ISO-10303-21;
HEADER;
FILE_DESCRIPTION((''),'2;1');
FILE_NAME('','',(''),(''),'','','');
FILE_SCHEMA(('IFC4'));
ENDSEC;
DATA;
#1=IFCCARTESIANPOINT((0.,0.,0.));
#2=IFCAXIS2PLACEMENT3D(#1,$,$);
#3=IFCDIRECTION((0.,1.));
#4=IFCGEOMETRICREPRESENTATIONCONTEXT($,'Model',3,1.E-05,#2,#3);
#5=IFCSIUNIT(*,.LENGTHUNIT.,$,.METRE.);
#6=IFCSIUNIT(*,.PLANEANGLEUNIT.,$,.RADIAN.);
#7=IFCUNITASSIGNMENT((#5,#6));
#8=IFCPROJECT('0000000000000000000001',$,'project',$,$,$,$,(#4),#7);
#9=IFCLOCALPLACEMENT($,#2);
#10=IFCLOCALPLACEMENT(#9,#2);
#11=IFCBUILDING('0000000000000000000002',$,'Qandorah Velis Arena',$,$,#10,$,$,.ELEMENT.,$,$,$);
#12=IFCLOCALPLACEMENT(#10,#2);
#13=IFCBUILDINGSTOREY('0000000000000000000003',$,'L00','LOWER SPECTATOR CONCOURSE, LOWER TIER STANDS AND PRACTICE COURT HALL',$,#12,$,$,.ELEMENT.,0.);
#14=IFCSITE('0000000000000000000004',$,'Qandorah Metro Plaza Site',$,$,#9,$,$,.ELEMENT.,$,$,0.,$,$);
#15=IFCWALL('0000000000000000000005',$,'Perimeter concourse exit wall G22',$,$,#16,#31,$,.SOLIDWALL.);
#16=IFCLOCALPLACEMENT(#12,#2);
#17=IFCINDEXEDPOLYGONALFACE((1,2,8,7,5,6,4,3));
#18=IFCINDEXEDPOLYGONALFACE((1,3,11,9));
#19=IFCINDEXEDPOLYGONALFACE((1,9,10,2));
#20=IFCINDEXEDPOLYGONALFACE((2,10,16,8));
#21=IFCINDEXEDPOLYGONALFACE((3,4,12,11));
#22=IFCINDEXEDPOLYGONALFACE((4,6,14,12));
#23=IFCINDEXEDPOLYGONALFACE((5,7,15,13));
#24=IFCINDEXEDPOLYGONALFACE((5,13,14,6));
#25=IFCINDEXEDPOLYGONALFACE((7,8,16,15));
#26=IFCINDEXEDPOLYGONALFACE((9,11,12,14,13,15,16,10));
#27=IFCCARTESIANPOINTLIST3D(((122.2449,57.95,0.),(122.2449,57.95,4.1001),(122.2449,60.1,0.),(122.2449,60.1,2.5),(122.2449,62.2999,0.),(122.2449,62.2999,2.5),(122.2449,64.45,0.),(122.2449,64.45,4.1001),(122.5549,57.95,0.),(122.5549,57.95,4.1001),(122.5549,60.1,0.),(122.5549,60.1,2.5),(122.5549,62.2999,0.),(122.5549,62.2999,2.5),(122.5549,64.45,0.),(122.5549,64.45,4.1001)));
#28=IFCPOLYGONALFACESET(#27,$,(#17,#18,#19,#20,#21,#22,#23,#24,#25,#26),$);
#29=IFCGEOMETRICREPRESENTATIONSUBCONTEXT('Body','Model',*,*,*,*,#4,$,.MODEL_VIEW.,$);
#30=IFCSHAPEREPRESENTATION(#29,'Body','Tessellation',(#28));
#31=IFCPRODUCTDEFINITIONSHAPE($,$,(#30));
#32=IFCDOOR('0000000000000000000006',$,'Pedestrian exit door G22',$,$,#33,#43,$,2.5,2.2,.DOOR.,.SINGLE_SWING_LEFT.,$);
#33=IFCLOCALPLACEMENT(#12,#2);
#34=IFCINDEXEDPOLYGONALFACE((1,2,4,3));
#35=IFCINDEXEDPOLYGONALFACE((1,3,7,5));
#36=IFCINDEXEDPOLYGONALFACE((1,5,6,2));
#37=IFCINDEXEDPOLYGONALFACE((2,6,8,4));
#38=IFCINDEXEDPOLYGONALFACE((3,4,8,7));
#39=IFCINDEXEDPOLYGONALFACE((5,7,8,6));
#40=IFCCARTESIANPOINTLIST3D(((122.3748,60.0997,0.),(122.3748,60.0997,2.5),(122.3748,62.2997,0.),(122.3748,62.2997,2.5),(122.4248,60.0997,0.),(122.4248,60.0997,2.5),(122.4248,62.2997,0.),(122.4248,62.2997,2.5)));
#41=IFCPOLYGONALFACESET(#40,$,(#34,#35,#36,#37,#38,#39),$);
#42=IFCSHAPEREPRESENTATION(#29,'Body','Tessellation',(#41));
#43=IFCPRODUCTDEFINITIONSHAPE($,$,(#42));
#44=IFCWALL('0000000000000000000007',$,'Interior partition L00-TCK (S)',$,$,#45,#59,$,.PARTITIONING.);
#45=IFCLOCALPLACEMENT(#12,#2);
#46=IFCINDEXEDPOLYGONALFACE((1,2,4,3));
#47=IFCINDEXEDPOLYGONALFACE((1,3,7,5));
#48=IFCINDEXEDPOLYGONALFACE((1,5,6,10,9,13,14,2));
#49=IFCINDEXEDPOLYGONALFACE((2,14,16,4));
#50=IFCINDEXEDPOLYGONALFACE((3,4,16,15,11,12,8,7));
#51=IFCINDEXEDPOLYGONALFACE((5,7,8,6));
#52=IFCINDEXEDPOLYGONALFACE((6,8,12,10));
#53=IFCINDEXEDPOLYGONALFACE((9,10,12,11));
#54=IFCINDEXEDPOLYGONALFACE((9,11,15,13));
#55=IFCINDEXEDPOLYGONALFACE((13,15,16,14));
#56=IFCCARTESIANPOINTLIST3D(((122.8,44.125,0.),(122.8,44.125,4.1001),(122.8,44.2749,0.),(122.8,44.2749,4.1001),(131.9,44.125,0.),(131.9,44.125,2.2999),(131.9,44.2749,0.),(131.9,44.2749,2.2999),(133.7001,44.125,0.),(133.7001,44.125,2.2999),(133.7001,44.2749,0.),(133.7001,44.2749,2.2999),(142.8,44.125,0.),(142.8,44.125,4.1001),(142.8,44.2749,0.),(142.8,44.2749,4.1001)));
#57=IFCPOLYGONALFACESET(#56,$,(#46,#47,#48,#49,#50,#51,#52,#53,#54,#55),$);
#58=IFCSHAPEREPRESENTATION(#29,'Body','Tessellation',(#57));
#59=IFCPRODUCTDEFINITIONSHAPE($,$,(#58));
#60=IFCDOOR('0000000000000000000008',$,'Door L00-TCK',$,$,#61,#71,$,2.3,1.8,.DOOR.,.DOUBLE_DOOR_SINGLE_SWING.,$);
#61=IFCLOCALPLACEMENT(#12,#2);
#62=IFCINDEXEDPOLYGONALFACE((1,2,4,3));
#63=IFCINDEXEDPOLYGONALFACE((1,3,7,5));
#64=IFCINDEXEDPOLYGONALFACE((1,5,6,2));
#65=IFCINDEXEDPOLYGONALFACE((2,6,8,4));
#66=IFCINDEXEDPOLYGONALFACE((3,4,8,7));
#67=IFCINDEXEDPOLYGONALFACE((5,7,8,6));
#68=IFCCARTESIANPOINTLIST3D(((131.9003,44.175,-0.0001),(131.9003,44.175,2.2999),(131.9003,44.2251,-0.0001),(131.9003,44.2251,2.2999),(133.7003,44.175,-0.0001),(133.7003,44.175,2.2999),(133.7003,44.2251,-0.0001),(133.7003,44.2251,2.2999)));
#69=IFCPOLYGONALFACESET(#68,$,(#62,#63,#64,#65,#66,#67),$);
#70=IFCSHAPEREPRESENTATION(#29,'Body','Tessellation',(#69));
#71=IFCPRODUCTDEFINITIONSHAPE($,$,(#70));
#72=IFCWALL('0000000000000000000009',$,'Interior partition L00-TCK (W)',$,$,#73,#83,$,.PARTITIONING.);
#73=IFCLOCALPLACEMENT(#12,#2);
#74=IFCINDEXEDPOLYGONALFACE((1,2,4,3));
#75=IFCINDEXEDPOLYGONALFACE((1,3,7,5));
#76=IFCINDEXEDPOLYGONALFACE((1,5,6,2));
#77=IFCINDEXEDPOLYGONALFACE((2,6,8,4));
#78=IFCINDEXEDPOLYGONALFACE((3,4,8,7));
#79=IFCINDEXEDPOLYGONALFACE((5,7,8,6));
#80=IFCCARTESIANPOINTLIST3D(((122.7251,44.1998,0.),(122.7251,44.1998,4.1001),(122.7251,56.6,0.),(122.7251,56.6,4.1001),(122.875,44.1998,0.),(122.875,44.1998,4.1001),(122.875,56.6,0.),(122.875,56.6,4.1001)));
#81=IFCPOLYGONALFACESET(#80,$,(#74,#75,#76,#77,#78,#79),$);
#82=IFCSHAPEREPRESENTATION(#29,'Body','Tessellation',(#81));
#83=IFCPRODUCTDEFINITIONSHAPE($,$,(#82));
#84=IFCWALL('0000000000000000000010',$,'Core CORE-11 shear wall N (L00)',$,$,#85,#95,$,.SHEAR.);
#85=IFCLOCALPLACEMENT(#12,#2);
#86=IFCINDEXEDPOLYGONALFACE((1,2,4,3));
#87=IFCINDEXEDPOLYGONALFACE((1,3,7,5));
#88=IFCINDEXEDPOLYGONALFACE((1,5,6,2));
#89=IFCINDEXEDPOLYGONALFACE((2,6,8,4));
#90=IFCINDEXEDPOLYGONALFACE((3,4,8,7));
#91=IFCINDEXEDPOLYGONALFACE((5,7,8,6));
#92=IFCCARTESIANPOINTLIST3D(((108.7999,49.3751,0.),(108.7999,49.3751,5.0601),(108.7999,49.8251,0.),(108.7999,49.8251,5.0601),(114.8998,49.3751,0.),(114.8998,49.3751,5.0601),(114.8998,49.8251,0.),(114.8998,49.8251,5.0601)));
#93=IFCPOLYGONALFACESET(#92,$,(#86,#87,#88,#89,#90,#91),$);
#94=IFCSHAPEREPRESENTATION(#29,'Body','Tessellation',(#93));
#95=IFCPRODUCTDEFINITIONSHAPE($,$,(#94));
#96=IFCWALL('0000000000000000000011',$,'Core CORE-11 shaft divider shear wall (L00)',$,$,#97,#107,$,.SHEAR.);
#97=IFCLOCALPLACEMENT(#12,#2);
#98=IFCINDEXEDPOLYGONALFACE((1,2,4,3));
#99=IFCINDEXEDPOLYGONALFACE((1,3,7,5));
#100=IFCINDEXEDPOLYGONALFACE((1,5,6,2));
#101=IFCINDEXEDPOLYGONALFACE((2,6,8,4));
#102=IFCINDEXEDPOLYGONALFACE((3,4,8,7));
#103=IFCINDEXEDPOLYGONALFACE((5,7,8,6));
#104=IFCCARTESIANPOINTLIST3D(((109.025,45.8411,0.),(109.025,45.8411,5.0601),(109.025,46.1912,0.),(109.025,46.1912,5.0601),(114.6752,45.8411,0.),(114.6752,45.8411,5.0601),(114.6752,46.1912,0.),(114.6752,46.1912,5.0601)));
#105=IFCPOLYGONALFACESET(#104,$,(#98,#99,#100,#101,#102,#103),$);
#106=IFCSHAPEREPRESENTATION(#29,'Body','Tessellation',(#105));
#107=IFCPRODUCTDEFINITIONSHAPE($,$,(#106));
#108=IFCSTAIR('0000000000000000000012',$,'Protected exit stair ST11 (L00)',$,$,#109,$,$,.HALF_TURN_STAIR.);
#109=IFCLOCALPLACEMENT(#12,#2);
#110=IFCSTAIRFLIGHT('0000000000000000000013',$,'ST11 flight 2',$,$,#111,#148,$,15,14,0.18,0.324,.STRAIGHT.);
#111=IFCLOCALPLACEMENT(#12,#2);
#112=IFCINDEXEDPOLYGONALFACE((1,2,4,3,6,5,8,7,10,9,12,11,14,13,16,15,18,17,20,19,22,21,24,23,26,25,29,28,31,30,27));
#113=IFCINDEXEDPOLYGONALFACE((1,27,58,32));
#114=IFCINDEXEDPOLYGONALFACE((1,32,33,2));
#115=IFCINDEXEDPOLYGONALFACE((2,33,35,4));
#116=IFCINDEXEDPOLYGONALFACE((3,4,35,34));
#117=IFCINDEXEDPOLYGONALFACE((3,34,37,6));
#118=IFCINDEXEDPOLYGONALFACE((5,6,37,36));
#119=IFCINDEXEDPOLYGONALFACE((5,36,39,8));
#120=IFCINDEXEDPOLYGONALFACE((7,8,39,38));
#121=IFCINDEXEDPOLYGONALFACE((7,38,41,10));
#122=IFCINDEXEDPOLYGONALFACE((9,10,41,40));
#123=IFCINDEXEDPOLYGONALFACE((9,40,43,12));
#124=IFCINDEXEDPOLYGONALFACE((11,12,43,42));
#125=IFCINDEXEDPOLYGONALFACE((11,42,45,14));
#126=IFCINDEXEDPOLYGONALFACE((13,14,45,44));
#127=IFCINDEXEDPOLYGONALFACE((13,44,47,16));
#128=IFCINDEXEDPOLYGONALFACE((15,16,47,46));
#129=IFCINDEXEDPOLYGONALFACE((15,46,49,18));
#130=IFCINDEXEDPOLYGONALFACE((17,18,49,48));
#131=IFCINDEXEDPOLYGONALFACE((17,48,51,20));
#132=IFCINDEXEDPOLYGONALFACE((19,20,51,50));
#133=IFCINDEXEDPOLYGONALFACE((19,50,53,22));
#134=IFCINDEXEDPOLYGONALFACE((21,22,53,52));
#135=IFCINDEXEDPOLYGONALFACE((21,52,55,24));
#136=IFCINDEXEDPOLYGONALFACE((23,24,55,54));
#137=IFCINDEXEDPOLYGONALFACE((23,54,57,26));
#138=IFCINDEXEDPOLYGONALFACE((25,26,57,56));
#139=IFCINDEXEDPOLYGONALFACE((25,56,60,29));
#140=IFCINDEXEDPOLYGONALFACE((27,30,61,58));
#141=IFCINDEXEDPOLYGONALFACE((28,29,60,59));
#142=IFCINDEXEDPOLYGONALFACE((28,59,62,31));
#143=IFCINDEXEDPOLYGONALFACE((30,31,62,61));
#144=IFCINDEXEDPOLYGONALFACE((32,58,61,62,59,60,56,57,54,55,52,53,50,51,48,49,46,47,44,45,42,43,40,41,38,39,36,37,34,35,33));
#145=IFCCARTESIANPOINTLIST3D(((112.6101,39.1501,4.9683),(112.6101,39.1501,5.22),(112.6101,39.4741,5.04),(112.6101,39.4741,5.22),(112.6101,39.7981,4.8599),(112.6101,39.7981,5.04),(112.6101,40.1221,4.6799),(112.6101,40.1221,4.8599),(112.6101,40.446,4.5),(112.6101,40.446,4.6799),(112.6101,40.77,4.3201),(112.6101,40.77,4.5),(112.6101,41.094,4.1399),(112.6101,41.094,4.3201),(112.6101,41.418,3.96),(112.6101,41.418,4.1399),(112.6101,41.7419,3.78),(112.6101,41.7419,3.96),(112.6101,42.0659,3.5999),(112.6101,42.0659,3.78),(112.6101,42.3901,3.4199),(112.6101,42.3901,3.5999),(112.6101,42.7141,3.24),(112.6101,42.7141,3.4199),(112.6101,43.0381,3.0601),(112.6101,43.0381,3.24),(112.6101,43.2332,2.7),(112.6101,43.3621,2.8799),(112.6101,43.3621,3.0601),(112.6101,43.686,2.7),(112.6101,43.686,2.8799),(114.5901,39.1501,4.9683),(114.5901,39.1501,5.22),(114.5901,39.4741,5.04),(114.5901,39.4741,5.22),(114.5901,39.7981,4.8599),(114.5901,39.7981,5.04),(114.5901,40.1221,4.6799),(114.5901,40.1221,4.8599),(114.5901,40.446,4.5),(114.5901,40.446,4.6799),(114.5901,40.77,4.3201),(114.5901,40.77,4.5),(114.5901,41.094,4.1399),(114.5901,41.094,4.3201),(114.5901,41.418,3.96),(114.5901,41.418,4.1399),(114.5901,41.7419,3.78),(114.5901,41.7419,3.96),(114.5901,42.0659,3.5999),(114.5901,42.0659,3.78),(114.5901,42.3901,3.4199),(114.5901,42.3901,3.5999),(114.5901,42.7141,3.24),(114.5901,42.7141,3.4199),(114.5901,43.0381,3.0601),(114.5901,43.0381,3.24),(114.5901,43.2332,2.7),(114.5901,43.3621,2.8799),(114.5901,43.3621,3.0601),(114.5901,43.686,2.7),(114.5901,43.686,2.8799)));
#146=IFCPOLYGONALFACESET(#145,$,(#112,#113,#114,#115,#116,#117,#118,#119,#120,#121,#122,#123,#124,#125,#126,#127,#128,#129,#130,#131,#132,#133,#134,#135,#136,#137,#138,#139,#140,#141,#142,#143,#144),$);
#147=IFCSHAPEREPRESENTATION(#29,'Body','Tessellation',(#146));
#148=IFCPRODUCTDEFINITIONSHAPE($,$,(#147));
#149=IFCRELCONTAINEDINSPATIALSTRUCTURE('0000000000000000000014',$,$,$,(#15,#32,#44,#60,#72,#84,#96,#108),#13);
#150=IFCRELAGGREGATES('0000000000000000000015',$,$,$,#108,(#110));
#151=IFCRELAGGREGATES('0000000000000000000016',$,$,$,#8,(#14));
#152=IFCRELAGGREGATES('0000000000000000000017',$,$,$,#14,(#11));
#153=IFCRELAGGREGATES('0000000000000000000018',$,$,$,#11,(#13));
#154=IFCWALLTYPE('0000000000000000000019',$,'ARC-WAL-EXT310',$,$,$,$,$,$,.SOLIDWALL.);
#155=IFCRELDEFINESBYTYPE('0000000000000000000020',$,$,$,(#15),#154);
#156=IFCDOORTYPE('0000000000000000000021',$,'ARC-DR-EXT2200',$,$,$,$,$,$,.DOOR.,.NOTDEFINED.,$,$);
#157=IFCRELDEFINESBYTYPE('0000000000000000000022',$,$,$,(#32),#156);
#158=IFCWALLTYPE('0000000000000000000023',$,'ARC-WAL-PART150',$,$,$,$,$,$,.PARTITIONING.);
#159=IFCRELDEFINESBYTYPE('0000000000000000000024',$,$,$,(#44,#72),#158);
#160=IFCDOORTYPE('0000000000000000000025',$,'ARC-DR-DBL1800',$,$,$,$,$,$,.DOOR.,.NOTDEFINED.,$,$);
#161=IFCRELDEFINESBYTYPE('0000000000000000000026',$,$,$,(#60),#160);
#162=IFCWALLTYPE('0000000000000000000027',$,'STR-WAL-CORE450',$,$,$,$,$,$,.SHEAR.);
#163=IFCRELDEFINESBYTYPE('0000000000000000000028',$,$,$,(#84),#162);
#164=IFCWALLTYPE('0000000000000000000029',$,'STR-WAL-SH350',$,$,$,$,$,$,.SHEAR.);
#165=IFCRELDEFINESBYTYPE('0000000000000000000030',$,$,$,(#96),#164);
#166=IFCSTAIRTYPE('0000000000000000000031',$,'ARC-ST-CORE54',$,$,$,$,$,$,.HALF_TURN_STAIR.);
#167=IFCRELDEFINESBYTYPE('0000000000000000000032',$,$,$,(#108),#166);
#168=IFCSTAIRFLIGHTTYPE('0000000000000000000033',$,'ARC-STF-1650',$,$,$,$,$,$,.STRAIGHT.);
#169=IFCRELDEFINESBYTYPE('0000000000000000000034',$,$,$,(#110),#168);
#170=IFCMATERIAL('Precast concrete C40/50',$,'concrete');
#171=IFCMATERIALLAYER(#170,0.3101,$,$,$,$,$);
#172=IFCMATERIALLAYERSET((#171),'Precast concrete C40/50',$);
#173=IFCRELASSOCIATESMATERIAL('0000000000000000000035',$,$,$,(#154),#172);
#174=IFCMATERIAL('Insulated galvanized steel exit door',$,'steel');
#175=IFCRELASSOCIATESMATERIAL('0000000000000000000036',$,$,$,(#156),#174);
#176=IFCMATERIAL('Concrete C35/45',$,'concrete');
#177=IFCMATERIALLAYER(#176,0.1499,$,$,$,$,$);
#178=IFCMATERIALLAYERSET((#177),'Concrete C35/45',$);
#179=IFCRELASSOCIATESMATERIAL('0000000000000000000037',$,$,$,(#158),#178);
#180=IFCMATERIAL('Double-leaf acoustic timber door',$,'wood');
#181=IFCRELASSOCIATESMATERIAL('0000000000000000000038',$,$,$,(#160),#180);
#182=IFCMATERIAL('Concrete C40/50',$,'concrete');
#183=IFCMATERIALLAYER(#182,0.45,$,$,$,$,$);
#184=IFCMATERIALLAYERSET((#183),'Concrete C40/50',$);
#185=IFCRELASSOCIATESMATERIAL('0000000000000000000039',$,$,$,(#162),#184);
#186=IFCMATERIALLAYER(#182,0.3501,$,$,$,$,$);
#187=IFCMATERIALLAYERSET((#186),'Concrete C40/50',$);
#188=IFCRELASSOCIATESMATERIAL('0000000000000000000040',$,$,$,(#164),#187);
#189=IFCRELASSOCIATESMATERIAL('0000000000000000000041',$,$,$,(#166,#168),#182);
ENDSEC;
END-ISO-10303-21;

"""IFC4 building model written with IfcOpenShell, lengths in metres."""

from ifc_helpers import new_model, si_unit, direction, frame, frame_2d, origin, place, context, subcontext, project, spatial, polyline, rectangle, outline, extrude, material, layer, layer_set, type_object, element, fill, aggregate, save


model = new_model("IFC4")

# Units and contexts
model_context = context("Model", 3, precision=1e-05, world=origin(), true_north=direction((0.0, 1.0)))
body_context = subcontext(model_context, "Body", "Model", "MODEL_VIEW")
ifc_project = project(units=[si_unit("LENGTHUNIT", "METRE"), si_unit("PLANEANGLEUNIT", "RADIAN")], contexts=[model_context])

# Site, building, storey
site_placement = place(None, origin())
site = spatial("IfcSite", under=ifc_project, at=site_placement, Name="Qandorah Metro Plaza Site", CompositionType="ELEMENT", RefElevation=0.0)
building_placement = place(site_placement, origin())
building = spatial("IfcBuilding", under=site, at=building_placement, Name="Qandorah Velis Arena", CompositionType="ELEMENT")
storey_placement = place(building_placement, origin())
storey = spatial("IfcBuildingStorey", under=building, at=storey_placement, Name="L00", Description="LOWER SPECTATOR CONCOURSE, LOWER TIER STANDS AND PRACTICE COURT HALL", CompositionType="ELEMENT", Elevation=0.0)

# Shared definitions
ifc_material_1 = material(Name="Concrete C40/50", Category="concrete")

# Walls, openings, doors
ifc_material_2 = material(Name="Precast concrete C40/50", Category="concrete")
ifc_material_3 = material(Name="Insulated galvanized steel exit door", Category="steel")
ifc_layer_1 = layer(ifc_material_2, 0.3101)
ifc_layer_set_1 = layer_set([ifc_layer_1], Name="Precast concrete C40/50")
wall_type_1 = type_object("IfcWallType", Name="ARC-WAL-EXT310", PredefinedType="SOLIDWALL", material=ifc_layer_set_1)
wall_1_placement = place(storey_placement, frame((122.3999, 57.95, 0.0), z_axis=(0.0, 0.0, 1.0), x_axis=(0.0, 1.0, 0.0)))
wall_1 = element("IfcWall", 1, at=wall_1_placement, inside=storey, type_object=wall_type_1, Name="Perimeter concourse exit wall G22", PredefinedType="SOLIDWALL", context=body_context, shape_type="SweptSolid", body=[
    extrude(rectangle(XDim=6.5, YDim=0.3101, at=frame_2d((3.25, 0.0))), origin(), (0.0, 0.0, 1.0), 4.1001),
])
opening_1_placement = place(wall_1_placement, frame((2.1499, 0.0, 0.0)))
opening_1 = element("IfcOpeningElement", 2, at=opening_1_placement, cuts=wall_1, PredefinedType="OPENING", context=body_context, shape_type="SweptSolid", body=[
    extrude(rectangle(XDim=2.2, YDim=2.5, at=frame_2d((1.1001, 1.25))), frame((0.0, 0.165, 0.0), z_axis=(0.0, -1.0, 0.0), x_axis=(1.0, 0.0, 0.0)), (0.0, 0.0, 1.0), 0.3301),
])
door_type_1 = type_object("IfcDoorType", Name="ARC-DR-EXT2200", OperationType="NOTDEFINED", PredefinedType="DOOR", material=ifc_material_3)
door_1_placement = place(opening_1_placement, frame((2.2, 0.0, 0.0), z_axis=(0.0, 0.0, 1.0), x_axis=(-1.0, 0.0, 0.0)))
door_1 = element("IfcDoor", 3, at=door_1_placement, inside=storey, type_object=door_type_1, Name="Pedestrian exit door G22", OperationType="SINGLE_SWING_LEFT", OverallHeight=2.5, OverallWidth=2.2, PredefinedType="DOOR", context=body_context, shape_type="SweptSolid", body=[
    extrude(rectangle(XDim=2.2, YDim=2.5, at=frame_2d((1.1001, 1.25))), frame((0.0, 0.0249, 0.0), z_axis=(0.0, -1.0, 0.0), x_axis=(1.0, 0.0, 0.0)), (0.0, 0.0, 1.0), 0.05),
])
fill(opening_1, door_1)
ifc_material_4 = material(Name="Concrete C35/45", Category="concrete")
ifc_layer_2 = layer(ifc_material_4, 0.1499)
ifc_layer_set_2 = layer_set([ifc_layer_2], Name="Concrete C35/45")
wall_type_2 = type_object("IfcWallType", Name="ARC-WAL-PART150", PredefinedType="PARTITIONING", material=ifc_layer_set_2)
wall_2_placement = place(storey_placement, frame((122.8, 44.2, 0.0), z_axis=(0.0, 0.0, 1.0), x_axis=(1.0, 0.0, 0.0)))
wall_2 = element("IfcWall", 4, at=wall_2_placement, inside=storey, type_object=wall_type_2, Name="Interior partition L00-TCK (S)", PredefinedType="PARTITIONING", context=body_context, shape_type="SweptSolid", body=[
    extrude(rectangle(XDim=20.0, YDim=0.1499, at=frame_2d((10.0, 0.0))), origin(), (0.0, 0.0, 1.0), 4.1001),
])
opening_2_placement = place(wall_2_placement, frame((9.1001, 0.0, 0.0)))
opening_2 = element("IfcOpeningElement", 5, at=opening_2_placement, cuts=wall_2, PredefinedType="OPENING", context=body_context, shape_type="SweptSolid", body=[
    extrude(rectangle(XDim=1.8, YDim=2.3, at=frame_2d((0.8999, 1.1499))), frame((0.0, 0.085, 0.0), z_axis=(0.0, -1.0, 0.0), x_axis=(1.0, 0.0, 0.0)), (0.0, 0.0, 1.0), 0.1699),
])
ifc_material_5 = material(Name="Double-leaf acoustic timber door", Category="wood")
door_type_2 = type_object("IfcDoorType", Name="ARC-DR-DBL1800", OperationType="NOTDEFINED", PredefinedType="DOOR", material=ifc_material_5)
door_2_placement = place(opening_2_placement, frame((1.8, 0.0, 0.0), z_axis=(0.0, 0.0, 1.0), x_axis=(-1.0, 0.0, 0.0)))
door_2 = element("IfcDoor", 6, at=door_2_placement, inside=storey, type_object=door_type_2, Name="Door L00-TCK", OperationType="DOUBLE_DOOR_SINGLE_SWING", OverallHeight=2.3, OverallWidth=1.8, PredefinedType="DOOR", context=body_context, shape_type="SweptSolid", body=[
    extrude(rectangle(XDim=1.8, YDim=2.3, at=frame_2d((0.8999, 1.1499))), frame((0.0, 0.0249, 0.0), z_axis=(0.0, -1.0, 0.0), x_axis=(1.0, 0.0, 0.0)), (0.0, 0.0, 1.0), 0.05),
])
fill(opening_2, door_2)

# Walls
wall_3_placement = place(storey_placement, frame((122.8, 56.6001, 0.0), z_axis=(0.0, 0.0, 1.0), x_axis=(0.0, -1.0, 0.0)))
element("IfcWall", 7, at=wall_3_placement, inside=storey, type_object=wall_type_2, Name="Interior partition L00-TCK (W)", PredefinedType="PARTITIONING", context=body_context, shape_type="SweptSolid", body=[
    extrude(rectangle(XDim=12.4001, YDim=0.1499, at=frame_2d((6.2002, 0.0))), origin(), (0.0, 0.0, 1.0), 4.1001),
])
ifc_layer_3 = layer(ifc_material_1, 0.45)
ifc_layer_set_3 = layer_set([ifc_layer_3], Name="Concrete C40/50")
wall_type_3 = type_object("IfcWallType", Name="STR-WAL-CORE450", PredefinedType="SHEAR", material=ifc_layer_set_3)
wall_4_placement = place(storey_placement, frame((108.8, 49.6001, 0.0), z_axis=(0.0, 0.0, 1.0), x_axis=(1.0, 0.0, 0.0)))
element("IfcWall", 8, at=wall_4_placement, inside=storey, type_object=wall_type_3, Name="Core CORE-11 shear wall N (L00)", PredefinedType="SHEAR", context=body_context, shape_type="SweptSolid", body=[
    extrude(rectangle(XDim=6.0999, YDim=0.45, at=frame_2d((3.0498, 0.0))), origin(), (0.0, 0.0, 1.0), 5.0601),
])
ifc_layer_4 = layer(ifc_material_1, 0.3501)
ifc_layer_set_4 = layer_set([ifc_layer_4], Name="Concrete C40/50")
wall_type_4 = type_object("IfcWallType", Name="STR-WAL-SH350", PredefinedType="SHEAR", material=ifc_layer_set_4)
wall_5_placement = place(storey_placement, frame((109.0249, 46.0161, 0.0), z_axis=(0.0, 0.0, 1.0), x_axis=(1.0, 0.0, 0.0)))
element("IfcWall", 9, at=wall_5_placement, inside=storey, type_object=wall_type_4, Name="Core CORE-11 shaft divider shear wall (L00)", PredefinedType="SHEAR", context=body_context, shape_type="SweptSolid", body=[
    extrude(rectangle(XDim=5.6501, YDim=0.3501, at=frame_2d((2.8252, 0.0))), origin(), (0.0, 0.0, 1.0), 5.0601),
])

# Stair, stair flight
stair_type = type_object("IfcStairType", Name="ARC-ST-CORE54", PredefinedType="HALF_TURN_STAIR", material=ifc_material_1)
stair_placement = place(storey_placement, origin())
stair = element("IfcStair", 10, at=stair_placement, inside=storey, type_object=stair_type, Name="Protected exit stair ST11 (L00)", PredefinedType="HALF_TURN_STAIR")
stair_flight_type = type_object("IfcStairFlightType", Name="ARC-STF-1650", PredefinedType="STRAIGHT", material=ifc_material_1)
stair_flight_placement = place(storey_placement, frame((113.6001, 43.686, 2.7), z_axis=(0.0, 0.0, 1.0), x_axis=(0.0, -1.0, 0.0)))
stair_flight = element("IfcStairFlight", 11, at=stair_flight_placement, type_object=stair_flight_type, Name="ST11 flight 2", NumberOfRisers=15, NumberOfTreads=14, PredefinedType="STRAIGHT", RiserHeight=0.18, TreadLength=0.324, context=body_context, shape_type="SweptSolid", body=[
    extrude(outline(polyline([(0.0, 0.0), (0.0, 0.1799), (0.324, 0.1799), (0.324, 0.3601), (0.6479, 0.3601), (0.6479, 0.54), (0.9719, 0.54), (0.9719, 0.72), (1.2959, 0.72), (1.2959, 0.8999), (1.6201, 0.8999), (1.6201, 1.0801), (1.9441, 1.0801), (1.9441, 1.26), (2.2681, 1.26), (2.2681, 1.4399), (2.592, 1.4399), (2.592, 1.6201), (2.916, 1.6201), (2.916, 1.8), (3.24, 1.8), (3.24, 1.98), (3.564, 1.98), (3.564, 2.1599), (3.8879, 2.1599), (3.8879, 2.3401), (4.2119, 2.3401), (4.2119, 2.52), (4.5359, 2.52), (4.5359, 2.7), (4.5359, 2.2683), (0.4529, 0.0), (0.0, 0.0)])), frame((0.0, 0.99, 0.0), z_axis=(0.0, -1.0, 0.0), x_axis=(1.0, 0.0, 0.0)), (0.0, 0.0, 1.0), 1.98),
])
aggregate(stair, [stair_flight])

save(model, "model.ifc")
